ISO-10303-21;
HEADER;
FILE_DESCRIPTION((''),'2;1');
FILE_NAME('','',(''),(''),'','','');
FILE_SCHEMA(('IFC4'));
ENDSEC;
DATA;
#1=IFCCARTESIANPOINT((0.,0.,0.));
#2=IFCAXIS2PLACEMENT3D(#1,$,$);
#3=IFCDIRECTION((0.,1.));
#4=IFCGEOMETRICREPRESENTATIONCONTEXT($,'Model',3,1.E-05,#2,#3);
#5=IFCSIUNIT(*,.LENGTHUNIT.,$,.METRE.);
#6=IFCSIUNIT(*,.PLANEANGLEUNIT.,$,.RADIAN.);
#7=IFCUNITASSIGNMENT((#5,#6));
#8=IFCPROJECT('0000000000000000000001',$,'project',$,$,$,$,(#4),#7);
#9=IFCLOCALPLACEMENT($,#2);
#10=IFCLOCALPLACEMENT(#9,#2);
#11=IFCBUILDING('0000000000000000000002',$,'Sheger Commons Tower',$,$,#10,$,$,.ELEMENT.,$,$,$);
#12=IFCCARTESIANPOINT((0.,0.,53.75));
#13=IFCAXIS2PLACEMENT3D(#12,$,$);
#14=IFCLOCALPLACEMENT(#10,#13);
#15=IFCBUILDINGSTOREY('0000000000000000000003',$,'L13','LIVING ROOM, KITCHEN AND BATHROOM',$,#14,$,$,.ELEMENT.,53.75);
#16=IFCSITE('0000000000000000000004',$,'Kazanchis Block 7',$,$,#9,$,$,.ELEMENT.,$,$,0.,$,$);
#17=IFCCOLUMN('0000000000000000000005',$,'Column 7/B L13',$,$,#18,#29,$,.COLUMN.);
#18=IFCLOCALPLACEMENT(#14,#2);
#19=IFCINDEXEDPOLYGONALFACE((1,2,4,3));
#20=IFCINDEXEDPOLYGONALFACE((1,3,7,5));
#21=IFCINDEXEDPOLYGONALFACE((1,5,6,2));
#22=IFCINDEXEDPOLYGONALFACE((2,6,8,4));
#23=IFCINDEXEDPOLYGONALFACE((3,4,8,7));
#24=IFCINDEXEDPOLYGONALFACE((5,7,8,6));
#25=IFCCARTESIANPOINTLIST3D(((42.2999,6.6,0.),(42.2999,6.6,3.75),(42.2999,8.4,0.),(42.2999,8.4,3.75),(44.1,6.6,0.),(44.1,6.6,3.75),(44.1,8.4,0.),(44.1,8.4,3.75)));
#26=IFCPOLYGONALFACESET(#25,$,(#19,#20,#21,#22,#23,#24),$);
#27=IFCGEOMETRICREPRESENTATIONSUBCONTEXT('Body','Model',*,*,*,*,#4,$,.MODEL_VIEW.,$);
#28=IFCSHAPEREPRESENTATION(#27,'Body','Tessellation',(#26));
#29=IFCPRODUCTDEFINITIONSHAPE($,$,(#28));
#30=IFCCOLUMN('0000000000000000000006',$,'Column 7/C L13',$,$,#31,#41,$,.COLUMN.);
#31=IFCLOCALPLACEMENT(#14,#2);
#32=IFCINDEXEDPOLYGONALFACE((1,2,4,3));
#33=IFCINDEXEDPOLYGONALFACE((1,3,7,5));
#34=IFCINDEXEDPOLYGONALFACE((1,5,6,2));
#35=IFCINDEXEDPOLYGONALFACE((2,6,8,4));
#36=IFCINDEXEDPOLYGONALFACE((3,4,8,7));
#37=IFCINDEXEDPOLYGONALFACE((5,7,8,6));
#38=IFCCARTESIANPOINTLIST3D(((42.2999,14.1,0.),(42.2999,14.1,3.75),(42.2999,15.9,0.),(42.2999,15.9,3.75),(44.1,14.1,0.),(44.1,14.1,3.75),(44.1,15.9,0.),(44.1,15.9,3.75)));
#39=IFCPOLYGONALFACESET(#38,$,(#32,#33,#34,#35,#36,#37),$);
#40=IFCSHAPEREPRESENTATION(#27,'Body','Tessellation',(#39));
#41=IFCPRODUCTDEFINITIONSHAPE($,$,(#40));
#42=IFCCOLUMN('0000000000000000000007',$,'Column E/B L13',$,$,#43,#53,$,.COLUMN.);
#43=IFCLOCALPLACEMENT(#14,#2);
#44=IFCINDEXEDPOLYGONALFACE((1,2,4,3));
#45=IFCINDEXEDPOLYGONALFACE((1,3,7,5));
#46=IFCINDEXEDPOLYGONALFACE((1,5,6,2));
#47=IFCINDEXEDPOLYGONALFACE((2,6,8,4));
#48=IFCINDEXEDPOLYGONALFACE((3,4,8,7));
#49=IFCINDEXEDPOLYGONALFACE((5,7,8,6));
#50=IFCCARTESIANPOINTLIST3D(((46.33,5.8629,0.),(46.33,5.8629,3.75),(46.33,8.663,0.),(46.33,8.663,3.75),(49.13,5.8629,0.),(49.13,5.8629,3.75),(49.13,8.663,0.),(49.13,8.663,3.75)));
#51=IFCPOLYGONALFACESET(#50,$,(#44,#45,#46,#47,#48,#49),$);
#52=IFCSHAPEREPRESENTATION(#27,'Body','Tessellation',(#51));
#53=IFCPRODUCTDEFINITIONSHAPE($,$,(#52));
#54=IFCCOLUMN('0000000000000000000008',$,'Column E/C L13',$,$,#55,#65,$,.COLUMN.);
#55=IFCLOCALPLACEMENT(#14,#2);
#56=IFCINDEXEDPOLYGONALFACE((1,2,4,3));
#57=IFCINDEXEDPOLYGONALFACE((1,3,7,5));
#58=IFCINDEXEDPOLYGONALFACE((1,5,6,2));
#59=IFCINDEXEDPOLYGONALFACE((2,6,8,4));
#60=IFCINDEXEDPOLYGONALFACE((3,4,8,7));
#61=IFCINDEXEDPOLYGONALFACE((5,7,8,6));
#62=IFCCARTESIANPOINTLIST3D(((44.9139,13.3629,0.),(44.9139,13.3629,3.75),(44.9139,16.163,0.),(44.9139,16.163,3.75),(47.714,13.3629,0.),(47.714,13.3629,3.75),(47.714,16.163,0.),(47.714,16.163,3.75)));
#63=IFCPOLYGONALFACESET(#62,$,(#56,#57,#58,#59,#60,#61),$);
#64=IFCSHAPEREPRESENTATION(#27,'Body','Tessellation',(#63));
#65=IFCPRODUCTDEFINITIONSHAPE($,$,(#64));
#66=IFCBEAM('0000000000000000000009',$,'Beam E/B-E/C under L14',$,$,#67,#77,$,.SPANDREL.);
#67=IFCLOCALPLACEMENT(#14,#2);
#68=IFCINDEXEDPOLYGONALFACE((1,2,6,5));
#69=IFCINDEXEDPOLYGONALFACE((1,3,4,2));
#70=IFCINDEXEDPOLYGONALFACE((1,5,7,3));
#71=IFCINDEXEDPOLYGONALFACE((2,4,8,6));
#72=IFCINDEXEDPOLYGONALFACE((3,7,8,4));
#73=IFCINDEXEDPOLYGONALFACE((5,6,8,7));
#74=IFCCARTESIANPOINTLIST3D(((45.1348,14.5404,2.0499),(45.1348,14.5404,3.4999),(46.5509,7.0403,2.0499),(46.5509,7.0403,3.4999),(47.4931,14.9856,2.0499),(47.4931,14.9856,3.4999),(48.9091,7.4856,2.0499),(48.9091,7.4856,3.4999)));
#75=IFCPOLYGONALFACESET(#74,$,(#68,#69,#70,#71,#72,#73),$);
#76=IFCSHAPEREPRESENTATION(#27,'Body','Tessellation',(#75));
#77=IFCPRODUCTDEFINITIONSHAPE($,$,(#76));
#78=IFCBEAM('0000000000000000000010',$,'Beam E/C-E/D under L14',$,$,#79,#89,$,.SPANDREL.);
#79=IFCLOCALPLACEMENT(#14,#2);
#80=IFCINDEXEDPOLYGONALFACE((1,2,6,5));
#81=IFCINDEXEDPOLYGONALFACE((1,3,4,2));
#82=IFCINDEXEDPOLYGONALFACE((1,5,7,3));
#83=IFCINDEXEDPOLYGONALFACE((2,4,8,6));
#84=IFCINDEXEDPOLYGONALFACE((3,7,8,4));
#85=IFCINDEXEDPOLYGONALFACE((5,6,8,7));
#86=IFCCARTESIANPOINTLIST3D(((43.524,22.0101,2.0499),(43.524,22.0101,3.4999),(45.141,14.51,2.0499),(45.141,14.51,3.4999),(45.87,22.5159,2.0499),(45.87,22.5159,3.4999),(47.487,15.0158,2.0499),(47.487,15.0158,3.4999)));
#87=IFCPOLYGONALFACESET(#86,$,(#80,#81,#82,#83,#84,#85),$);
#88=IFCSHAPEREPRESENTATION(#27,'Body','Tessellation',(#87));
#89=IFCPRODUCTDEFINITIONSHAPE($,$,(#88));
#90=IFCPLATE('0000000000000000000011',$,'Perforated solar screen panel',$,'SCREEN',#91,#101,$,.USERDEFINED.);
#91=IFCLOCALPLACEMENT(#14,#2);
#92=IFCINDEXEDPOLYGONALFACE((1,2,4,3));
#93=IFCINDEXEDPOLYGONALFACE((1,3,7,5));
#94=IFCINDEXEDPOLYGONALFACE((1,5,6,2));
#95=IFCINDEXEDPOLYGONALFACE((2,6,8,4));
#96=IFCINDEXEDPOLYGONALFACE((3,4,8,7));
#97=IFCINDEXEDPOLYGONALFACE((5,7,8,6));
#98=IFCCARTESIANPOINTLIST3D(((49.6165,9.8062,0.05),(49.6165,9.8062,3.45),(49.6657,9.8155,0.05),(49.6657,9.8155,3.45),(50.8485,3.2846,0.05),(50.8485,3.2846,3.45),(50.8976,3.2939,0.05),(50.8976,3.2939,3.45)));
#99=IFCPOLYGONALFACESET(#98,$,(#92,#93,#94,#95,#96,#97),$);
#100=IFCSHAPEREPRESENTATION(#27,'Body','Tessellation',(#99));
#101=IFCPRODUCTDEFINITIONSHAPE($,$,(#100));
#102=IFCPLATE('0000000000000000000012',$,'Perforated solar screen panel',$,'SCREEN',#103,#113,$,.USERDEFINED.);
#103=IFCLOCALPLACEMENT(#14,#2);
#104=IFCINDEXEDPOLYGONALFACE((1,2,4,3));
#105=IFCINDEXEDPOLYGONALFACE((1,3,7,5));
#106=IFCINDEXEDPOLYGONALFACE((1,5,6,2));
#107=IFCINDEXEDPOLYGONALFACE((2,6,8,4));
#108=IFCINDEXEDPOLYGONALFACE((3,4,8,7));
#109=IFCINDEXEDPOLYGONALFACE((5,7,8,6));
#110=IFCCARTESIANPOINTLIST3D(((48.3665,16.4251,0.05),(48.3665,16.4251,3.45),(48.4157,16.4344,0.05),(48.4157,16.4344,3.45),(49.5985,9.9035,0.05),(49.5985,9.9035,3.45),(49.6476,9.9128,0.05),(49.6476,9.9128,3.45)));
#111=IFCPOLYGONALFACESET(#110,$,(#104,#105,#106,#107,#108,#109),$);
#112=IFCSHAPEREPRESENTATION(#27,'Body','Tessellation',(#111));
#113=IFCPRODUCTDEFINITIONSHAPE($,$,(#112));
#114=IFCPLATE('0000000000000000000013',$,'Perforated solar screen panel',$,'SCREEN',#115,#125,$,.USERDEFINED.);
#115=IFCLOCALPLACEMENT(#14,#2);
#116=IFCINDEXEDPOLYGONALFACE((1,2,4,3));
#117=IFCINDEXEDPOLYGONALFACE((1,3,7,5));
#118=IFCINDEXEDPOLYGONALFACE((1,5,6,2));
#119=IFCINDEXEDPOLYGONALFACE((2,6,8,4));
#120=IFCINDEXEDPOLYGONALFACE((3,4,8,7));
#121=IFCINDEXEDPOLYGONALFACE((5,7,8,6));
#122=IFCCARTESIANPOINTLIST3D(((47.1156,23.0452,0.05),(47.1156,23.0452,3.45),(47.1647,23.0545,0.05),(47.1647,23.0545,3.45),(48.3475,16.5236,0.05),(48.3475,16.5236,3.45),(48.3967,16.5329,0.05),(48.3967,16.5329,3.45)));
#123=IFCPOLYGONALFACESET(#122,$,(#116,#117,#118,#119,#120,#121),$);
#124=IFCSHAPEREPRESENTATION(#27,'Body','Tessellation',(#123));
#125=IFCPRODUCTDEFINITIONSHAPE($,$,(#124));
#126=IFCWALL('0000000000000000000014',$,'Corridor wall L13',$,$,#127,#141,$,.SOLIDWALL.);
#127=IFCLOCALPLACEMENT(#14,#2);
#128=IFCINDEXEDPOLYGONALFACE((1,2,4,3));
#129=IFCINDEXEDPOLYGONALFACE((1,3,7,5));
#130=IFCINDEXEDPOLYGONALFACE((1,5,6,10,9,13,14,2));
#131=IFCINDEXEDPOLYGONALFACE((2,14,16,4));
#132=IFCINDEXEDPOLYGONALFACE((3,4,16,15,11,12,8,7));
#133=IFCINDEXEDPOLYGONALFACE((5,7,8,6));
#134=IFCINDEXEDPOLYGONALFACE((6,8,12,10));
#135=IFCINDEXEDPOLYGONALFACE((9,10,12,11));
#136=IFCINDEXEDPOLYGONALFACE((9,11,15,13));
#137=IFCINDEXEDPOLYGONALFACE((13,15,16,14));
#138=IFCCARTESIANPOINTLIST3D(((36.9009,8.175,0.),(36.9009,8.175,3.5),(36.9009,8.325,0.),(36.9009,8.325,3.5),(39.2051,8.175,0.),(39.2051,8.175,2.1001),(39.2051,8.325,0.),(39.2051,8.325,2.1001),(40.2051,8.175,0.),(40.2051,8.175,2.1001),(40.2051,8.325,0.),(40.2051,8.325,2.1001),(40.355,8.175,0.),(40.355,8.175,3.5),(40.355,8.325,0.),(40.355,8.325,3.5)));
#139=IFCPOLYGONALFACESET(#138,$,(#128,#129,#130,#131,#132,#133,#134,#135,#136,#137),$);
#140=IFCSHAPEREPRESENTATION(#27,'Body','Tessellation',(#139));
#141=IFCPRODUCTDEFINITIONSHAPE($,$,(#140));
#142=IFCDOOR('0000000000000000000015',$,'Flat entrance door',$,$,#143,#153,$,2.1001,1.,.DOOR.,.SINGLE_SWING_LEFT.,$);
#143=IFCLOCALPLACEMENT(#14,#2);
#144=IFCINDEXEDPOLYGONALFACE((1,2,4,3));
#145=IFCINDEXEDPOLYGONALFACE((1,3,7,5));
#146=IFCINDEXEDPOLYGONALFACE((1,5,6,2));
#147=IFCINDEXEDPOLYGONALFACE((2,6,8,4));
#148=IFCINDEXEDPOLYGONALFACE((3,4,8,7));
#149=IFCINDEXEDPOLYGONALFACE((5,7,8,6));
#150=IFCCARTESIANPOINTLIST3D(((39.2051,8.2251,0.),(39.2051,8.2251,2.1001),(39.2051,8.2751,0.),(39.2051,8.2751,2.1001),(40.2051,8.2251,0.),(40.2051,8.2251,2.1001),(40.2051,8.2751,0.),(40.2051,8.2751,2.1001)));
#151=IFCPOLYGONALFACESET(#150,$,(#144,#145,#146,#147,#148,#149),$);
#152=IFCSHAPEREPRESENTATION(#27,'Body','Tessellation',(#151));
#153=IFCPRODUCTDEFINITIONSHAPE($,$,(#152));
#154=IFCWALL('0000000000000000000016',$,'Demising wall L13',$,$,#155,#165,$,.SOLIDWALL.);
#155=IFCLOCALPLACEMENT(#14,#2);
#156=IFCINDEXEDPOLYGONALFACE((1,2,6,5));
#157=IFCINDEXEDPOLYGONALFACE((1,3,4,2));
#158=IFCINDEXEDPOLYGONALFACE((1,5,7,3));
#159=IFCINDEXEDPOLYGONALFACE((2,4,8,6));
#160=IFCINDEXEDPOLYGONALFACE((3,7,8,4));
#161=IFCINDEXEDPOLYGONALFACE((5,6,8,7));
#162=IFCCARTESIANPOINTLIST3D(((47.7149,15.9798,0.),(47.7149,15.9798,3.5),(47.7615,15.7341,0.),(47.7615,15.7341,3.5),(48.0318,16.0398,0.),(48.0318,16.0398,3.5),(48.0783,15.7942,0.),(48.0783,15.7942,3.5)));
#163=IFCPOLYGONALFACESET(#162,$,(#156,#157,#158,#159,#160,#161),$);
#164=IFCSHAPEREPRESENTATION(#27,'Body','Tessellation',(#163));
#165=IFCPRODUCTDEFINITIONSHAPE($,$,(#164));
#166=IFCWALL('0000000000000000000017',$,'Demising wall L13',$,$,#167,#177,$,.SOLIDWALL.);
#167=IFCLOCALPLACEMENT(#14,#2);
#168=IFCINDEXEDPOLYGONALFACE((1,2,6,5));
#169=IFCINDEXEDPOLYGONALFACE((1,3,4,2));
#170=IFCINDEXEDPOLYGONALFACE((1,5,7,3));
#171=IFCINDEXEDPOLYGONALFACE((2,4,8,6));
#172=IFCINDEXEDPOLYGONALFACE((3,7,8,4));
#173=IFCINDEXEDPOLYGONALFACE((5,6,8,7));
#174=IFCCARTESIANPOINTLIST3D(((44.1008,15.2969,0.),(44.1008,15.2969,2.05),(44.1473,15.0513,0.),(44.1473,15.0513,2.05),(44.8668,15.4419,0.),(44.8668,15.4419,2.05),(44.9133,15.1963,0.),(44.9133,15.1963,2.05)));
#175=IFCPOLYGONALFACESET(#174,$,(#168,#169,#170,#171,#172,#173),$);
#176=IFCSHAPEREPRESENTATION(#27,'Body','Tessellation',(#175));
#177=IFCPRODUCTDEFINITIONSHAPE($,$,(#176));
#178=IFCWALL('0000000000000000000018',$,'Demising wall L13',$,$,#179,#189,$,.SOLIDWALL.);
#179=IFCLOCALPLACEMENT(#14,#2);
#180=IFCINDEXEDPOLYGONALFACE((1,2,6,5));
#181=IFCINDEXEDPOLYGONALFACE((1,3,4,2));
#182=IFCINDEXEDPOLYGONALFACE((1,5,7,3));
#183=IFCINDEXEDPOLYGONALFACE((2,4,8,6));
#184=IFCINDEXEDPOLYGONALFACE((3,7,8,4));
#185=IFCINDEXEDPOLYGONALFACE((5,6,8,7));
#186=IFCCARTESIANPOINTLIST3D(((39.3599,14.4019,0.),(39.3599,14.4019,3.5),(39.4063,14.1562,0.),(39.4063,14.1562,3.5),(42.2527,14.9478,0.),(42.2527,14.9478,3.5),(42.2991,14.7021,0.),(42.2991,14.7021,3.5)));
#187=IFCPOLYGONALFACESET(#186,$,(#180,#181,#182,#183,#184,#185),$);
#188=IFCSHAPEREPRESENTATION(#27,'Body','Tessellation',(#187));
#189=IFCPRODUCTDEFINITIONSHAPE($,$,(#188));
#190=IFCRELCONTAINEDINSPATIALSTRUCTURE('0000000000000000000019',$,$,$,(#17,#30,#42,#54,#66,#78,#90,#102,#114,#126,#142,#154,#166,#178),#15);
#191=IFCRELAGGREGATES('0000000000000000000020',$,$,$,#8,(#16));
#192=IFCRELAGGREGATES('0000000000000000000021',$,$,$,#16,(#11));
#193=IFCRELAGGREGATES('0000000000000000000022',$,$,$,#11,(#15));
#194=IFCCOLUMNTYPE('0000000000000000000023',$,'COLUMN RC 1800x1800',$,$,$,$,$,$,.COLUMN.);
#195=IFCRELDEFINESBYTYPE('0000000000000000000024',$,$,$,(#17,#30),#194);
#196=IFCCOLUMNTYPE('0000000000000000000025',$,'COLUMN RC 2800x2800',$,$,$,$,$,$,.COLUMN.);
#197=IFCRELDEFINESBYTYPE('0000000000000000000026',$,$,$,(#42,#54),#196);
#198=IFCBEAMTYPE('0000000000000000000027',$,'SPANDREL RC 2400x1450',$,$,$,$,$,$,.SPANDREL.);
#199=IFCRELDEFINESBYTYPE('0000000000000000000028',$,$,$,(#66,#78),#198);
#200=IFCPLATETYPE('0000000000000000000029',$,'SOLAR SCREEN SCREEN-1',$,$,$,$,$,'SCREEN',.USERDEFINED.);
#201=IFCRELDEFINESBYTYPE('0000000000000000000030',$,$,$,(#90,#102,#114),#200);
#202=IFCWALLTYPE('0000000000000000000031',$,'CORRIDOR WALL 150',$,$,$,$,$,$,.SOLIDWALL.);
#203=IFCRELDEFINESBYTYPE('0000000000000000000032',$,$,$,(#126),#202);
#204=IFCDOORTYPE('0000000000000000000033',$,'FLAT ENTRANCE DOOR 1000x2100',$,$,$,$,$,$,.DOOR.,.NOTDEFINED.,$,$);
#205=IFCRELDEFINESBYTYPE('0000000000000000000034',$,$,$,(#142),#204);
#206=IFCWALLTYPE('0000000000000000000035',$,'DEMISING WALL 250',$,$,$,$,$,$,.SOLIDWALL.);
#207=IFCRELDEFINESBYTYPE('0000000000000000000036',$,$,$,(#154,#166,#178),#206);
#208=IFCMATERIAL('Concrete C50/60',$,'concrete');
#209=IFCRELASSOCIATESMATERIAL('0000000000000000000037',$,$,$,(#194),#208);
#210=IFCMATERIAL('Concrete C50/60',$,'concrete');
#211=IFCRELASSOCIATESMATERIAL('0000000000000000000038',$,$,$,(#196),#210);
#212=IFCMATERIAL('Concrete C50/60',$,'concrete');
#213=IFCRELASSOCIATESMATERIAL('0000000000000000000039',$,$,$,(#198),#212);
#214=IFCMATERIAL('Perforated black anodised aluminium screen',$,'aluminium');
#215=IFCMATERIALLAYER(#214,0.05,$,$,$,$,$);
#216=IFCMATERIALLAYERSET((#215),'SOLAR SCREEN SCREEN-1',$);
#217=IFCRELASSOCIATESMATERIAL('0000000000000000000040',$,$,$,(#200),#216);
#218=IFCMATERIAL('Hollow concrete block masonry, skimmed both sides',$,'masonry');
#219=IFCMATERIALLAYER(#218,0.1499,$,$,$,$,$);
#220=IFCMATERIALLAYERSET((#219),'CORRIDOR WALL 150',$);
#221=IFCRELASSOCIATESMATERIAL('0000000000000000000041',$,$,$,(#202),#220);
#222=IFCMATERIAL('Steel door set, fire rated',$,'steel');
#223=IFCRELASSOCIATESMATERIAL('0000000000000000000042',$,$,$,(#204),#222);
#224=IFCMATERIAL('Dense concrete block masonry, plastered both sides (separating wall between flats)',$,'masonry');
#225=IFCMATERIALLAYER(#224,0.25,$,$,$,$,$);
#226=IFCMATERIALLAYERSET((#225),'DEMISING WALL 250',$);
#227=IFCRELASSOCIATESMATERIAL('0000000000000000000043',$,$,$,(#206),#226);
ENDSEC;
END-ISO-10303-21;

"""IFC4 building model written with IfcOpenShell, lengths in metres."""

from ifc_helpers import new_model, si_unit, direction, frame, frame_2d, origin, origin_2d, place, context, subcontext, project, spatial, rectangle, extrude, material, layer, layer_set, material_profile, profile_set, type_object, element, fill, save


model = new_model("IFC4")

# Units and contexts
model_context = context("Model", 3, precision=1e-05, world=origin(), true_north=direction((0.0, 1.0)))
body_context = subcontext(model_context, "Body", "Model", "MODEL_VIEW")
ifc_project = project(units=[si_unit("LENGTHUNIT", "METRE"), si_unit("PLANEANGLEUNIT", "RADIAN")], contexts=[model_context])

# Site, building, storey
site_placement = place(None, origin())
site = spatial("IfcSite", under=ifc_project, at=site_placement, Name="Kazanchis Block 7", CompositionType="ELEMENT", RefElevation=0.0)
building_placement = place(site_placement, origin())
building = spatial("IfcBuilding", under=site, at=building_placement, Name="Sheger Commons Tower", CompositionType="ELEMENT")
storey_placement = place(building_placement, frame((0.0, 0.0, 53.75)))
storey = spatial("IfcBuildingStorey", under=building, at=storey_placement, Name="L13", Description="LIVING ROOM, KITCHEN AND BATHROOM", CompositionType="ELEMENT", Elevation=53.75)

# Columns
ifc_material_1 = material(Name="Concrete C50/60", Category="concrete")
ifc_material_profile_1 = material_profile(ifc_material_1, rectangle(XDim=1.8, YDim=1.8, at=origin_2d()), Name="RC 1800x1800")
ifc_profile_set_1 = profile_set([ifc_material_profile_1], Name="Concrete C50/60")
column_type_1 = type_object("IfcColumnType", Name="COLUMN RC 1800x1800", PredefinedType="COLUMN", material=ifc_profile_set_1)
for number, where, z_axis, x_axis, name in (
    (1, (43.2, 7.5, 0.0), (0.0, 0.0, 1.0), (1.0, 0.0, 0.0), "Column 7/B L13"),
    (2, (43.2, 15.0, 0.0), (0.0, 0.0, 1.0), (1.0, 0.0, 0.0), "Column 7/C L13"),
):
    element("IfcColumn", number, at=place(storey_placement, frame(where, z_axis=z_axis, x_axis=x_axis)), inside=storey, type_object=column_type_1, Name=name, PredefinedType="COLUMN", context=body_context, shape_type="SweptSolid", body=[
        extrude(rectangle(XDim=1.8, YDim=1.8, at=origin_2d()), origin(), (0.0, 0.0, 1.0), 3.75),
    ])
ifc_material_2 = material(Name="Concrete C50/60", Category="concrete")
ifc_material_profile_2 = material_profile(ifc_material_2, rectangle(XDim=2.8, YDim=2.8, at=origin_2d()), Name="RC 2800x2800")
ifc_profile_set_2 = profile_set([ifc_material_profile_2], Name="Concrete C50/60")
column_type_2 = type_object("IfcColumnType", Name="COLUMN RC 2800x2800", PredefinedType="COLUMN", material=ifc_profile_set_2)
for number, where, z_axis, x_axis, name in (
    (3, (47.73, 7.2629, 0.0), (0.0, 0.0, 1.0), (1.0, 0.0, 0.0), "Column E/B L13"),
    (4, (46.314, 14.7629, 0.0), (0.0, 0.0, 1.0), (1.0, 0.0, 0.0), "Column E/C L13"),
):
    element("IfcColumn", number, at=place(storey_placement, frame(where, z_axis=z_axis, x_axis=x_axis)), inside=storey, type_object=column_type_2, Name=name, PredefinedType="COLUMN", context=body_context, shape_type="SweptSolid", body=[
        extrude(rectangle(XDim=2.8, YDim=2.8, at=origin_2d()), origin(), (0.0, 0.0, 1.0), 3.75),
    ])

# Beams
ifc_material_3 = material(Name="Concrete C50/60", Category="concrete")
ifc_material_profile_3 = material_profile(ifc_material_3, rectangle(XDim=2.3999, YDim=1.45, at=origin_2d()), Name="RC 2400x1450")
ifc_profile_set_3 = profile_set([ifc_material_profile_3], Name="Concrete C50/60")
beam_type = type_object("IfcBeamType", Name="SPANDREL RC 2400x1450", PredefinedType="SPANDREL", material=ifc_profile_set_3)
beam_1_placement = place(storey_placement, frame((47.73, 7.2629, 2.7749), z_axis=(-0.185524, 0.98264, 0.0), x_axis=(-0.98264, -0.185524, 0.0)))
element("IfcBeam", 5, at=beam_1_placement, inside=storey, type_object=beam_type, Name="Beam E/B-E/C under L14", PredefinedType="SPANDREL", context=body_context, shape_type="SweptSolid", body=[
    extrude(rectangle(XDim=2.3999, YDim=1.45, at=origin_2d()), origin(), (0.0, 0.0, 1.0), 7.6326),
])
beam_2_placement = place(storey_placement, frame((46.314, 14.7629, 2.7749), z_axis=(-0.21075, 0.97754, 0.0), x_axis=(-0.97754, -0.21075, 0.0)))
element("IfcBeam", 6, at=beam_2_placement, inside=storey, type_object=beam_type, Name="Beam E/C-E/D under L14", PredefinedType="SPANDREL", context=body_context, shape_type="SweptSolid", body=[
    extrude(rectangle(XDim=2.3999, YDim=1.45, at=origin_2d()), origin(), (0.0, 0.0, 1.0), 7.6724),
])

# Plates
ifc_material_4 = material(Name="Perforated black anodised aluminium screen", Category="aluminium")
ifc_layer_1 = layer(ifc_material_4, 0.05)
ifc_layer_set_1 = layer_set([ifc_layer_1], Name="SOLAR SCREEN SCREEN-1")
plate_type = type_object("IfcPlateType", Name="SOLAR SCREEN SCREEN-1", ElementType="SCREEN", PredefinedType="USERDEFINED", material=ifc_layer_set_1)
for number, where, z_axis, x_axis, name in (
    (7, (50.2571, 6.55, 0.05), (0.0, 0.0, 1.0), (-0.185615, 0.982623, 0.0), "Perforated solar screen panel"),
    (8, (49.0071, 13.1689, 0.05), (0.0, 0.0, 1.0), (-0.185615, 0.982623, 0.0), "Perforated solar screen panel"),
    (9, (47.7561, 19.7891, 0.05), (0.0, 0.0, 1.0), (-0.185615, 0.982623, 0.0), "Perforated solar screen panel"),
):
    element("IfcPlate", number, at=place(storey_placement, frame(where, z_axis=z_axis, x_axis=x_axis)), inside=storey, type_object=plate_type, Name=name, ObjectType="SCREEN", PredefinedType="USERDEFINED", context=body_context, shape_type="SweptSolid", body=[
        extrude(rectangle(XDim=6.637, YDim=0.05, at=origin_2d()), origin(), (0.0, 0.0, 1.0), 3.3999),
    ])

# Wall, opening, door
ifc_material_5 = material(Name="Hollow concrete block masonry, skimmed both sides", Category="masonry")
ifc_layer_2 = layer(ifc_material_5, 0.1499)
ifc_layer_set_2 = layer_set([ifc_layer_2], Name="CORRIDOR WALL 150")
wall_type_1 = type_object("IfcWallType", Name="CORRIDOR WALL 150", PredefinedType="SOLIDWALL", material=ifc_layer_set_2)
wall_1_placement = place(storey_placement, frame((40.355, 8.25, 0.0), z_axis=(0.0, 0.0, 1.0), x_axis=(-1.0, 0.0, 0.0)))
wall_1 = element("IfcWall", 10, at=wall_1_placement, inside=storey, type_object=wall_type_1, Name="Corridor wall L13", PredefinedType="SOLIDWALL", context=body_context, shape_type="SweptSolid", body=[
    extrude(rectangle(XDim=3.4541, YDim=0.1499, at=frame_2d((1.7271, 0.0))), origin(), (0.0, 0.0, 1.0), 3.5),
])
opening_1_placement = place(wall_1_placement, frame((0.1499, 0.0, 0.0)))
opening_1 = element("IfcOpeningElement", 11, at=opening_1_placement, cuts=wall_1, PredefinedType="OPENING", context=body_context, shape_type="SweptSolid", body=[
    extrude(rectangle(XDim=1.0, YDim=2.1001, at=frame_2d((0.5, 1.05))), frame((0.0, 0.085, 0.0), z_axis=(0.0, -1.0, 0.0), x_axis=(1.0, 0.0, 0.0)), (0.0, 0.0, 1.0), 0.1699),
])
ifc_material_6 = material(Name="Steel door set, fire rated", Category="steel")
door_type_1 = type_object("IfcDoorType", Name="FLAT ENTRANCE DOOR 1000x2100", OperationType="NOTDEFINED", PredefinedType="DOOR", material=ifc_material_6)
door_1_placement = place(opening_1_placement, origin())
door_1 = element("IfcDoor", 12, at=door_1_placement, inside=storey, type_object=door_type_1, Name="Flat entrance door", OperationType="SINGLE_SWING_LEFT", OverallHeight=2.1001, OverallWidth=1.0, PredefinedType="DOOR", context=body_context, shape_type="SweptSolid", body=[
    extrude(rectangle(XDim=1.0, YDim=2.1001, at=frame_2d((0.5, 1.05))), frame((0.0, 0.0249, 0.0), z_axis=(0.0, -1.0, 0.0), x_axis=(1.0, 0.0, 0.0)), (0.0, 0.0, 1.0), 0.05),
])
fill(opening_1, door_1)

# Walls
ifc_material_7 = material(Name="Dense concrete block masonry, plastered both sides (separating wall between flats)", Category="masonry")
ifc_layer_3 = layer(ifc_material_7, 0.25)
ifc_layer_set_3 = layer_set([ifc_layer_3], Name="DEMISING WALL 250")
wall_type_2 = type_object("IfcWallType", Name="DEMISING WALL 250", PredefinedType="SOLIDWALL", material=ifc_layer_set_3)
wall_2_placement = place(storey_placement, frame((48.0549, 15.917, 0.0), z_axis=(0.0, 0.0, 1.0), x_axis=(-0.98251, -0.186208, 0.0)))
element("IfcWall", 13, at=wall_2_placement, inside=storey, type_object=wall_type_2, Name="Demising wall L13", PredefinedType="SOLIDWALL", context=body_context, shape_type="SweptSolid", body=[
    extrude(rectangle(XDim=0.3225, YDim=0.25, at=frame_2d((0.1611, 0.0))), origin(), (0.0, 0.0, 1.0), 3.5),
])
wall_3_placement = place(storey_placement, frame((44.8899, 15.3191, 0.0), z_axis=(0.0, 0.0, 1.0), x_axis=(-0.982541, -0.186047, 0.0)))
element("IfcWall", 14, at=wall_3_placement, inside=storey, type_object=wall_type_2, Name="Demising wall L13", PredefinedType="SOLIDWALL", context=body_context, shape_type="SweptSolid", body=[
    extrude(rectangle(XDim=0.7795, YDim=0.25, at=frame_2d((0.3896, 0.0))), origin(), (0.0, 0.0, 1.0), 2.05),
])
wall_4_placement = place(storey_placement, frame((42.2759, 14.825, 0.0), z_axis=(0.0, 0.0, 1.0), x_axis=(-0.982657, -0.185435, 0.0)))
element("IfcWall", 15, at=wall_4_placement, inside=storey, type_object=wall_type_2, Name="Demising wall L13", PredefinedType="SOLIDWALL", context=body_context, shape_type="SweptSolid", body=[
    extrude(rectangle(XDim=2.9438, YDim=0.25, at=frame_2d((1.4719, 0.0))), origin(), (0.0, 0.0, 1.0), 3.5),
])

save(model, "model.ifc")
